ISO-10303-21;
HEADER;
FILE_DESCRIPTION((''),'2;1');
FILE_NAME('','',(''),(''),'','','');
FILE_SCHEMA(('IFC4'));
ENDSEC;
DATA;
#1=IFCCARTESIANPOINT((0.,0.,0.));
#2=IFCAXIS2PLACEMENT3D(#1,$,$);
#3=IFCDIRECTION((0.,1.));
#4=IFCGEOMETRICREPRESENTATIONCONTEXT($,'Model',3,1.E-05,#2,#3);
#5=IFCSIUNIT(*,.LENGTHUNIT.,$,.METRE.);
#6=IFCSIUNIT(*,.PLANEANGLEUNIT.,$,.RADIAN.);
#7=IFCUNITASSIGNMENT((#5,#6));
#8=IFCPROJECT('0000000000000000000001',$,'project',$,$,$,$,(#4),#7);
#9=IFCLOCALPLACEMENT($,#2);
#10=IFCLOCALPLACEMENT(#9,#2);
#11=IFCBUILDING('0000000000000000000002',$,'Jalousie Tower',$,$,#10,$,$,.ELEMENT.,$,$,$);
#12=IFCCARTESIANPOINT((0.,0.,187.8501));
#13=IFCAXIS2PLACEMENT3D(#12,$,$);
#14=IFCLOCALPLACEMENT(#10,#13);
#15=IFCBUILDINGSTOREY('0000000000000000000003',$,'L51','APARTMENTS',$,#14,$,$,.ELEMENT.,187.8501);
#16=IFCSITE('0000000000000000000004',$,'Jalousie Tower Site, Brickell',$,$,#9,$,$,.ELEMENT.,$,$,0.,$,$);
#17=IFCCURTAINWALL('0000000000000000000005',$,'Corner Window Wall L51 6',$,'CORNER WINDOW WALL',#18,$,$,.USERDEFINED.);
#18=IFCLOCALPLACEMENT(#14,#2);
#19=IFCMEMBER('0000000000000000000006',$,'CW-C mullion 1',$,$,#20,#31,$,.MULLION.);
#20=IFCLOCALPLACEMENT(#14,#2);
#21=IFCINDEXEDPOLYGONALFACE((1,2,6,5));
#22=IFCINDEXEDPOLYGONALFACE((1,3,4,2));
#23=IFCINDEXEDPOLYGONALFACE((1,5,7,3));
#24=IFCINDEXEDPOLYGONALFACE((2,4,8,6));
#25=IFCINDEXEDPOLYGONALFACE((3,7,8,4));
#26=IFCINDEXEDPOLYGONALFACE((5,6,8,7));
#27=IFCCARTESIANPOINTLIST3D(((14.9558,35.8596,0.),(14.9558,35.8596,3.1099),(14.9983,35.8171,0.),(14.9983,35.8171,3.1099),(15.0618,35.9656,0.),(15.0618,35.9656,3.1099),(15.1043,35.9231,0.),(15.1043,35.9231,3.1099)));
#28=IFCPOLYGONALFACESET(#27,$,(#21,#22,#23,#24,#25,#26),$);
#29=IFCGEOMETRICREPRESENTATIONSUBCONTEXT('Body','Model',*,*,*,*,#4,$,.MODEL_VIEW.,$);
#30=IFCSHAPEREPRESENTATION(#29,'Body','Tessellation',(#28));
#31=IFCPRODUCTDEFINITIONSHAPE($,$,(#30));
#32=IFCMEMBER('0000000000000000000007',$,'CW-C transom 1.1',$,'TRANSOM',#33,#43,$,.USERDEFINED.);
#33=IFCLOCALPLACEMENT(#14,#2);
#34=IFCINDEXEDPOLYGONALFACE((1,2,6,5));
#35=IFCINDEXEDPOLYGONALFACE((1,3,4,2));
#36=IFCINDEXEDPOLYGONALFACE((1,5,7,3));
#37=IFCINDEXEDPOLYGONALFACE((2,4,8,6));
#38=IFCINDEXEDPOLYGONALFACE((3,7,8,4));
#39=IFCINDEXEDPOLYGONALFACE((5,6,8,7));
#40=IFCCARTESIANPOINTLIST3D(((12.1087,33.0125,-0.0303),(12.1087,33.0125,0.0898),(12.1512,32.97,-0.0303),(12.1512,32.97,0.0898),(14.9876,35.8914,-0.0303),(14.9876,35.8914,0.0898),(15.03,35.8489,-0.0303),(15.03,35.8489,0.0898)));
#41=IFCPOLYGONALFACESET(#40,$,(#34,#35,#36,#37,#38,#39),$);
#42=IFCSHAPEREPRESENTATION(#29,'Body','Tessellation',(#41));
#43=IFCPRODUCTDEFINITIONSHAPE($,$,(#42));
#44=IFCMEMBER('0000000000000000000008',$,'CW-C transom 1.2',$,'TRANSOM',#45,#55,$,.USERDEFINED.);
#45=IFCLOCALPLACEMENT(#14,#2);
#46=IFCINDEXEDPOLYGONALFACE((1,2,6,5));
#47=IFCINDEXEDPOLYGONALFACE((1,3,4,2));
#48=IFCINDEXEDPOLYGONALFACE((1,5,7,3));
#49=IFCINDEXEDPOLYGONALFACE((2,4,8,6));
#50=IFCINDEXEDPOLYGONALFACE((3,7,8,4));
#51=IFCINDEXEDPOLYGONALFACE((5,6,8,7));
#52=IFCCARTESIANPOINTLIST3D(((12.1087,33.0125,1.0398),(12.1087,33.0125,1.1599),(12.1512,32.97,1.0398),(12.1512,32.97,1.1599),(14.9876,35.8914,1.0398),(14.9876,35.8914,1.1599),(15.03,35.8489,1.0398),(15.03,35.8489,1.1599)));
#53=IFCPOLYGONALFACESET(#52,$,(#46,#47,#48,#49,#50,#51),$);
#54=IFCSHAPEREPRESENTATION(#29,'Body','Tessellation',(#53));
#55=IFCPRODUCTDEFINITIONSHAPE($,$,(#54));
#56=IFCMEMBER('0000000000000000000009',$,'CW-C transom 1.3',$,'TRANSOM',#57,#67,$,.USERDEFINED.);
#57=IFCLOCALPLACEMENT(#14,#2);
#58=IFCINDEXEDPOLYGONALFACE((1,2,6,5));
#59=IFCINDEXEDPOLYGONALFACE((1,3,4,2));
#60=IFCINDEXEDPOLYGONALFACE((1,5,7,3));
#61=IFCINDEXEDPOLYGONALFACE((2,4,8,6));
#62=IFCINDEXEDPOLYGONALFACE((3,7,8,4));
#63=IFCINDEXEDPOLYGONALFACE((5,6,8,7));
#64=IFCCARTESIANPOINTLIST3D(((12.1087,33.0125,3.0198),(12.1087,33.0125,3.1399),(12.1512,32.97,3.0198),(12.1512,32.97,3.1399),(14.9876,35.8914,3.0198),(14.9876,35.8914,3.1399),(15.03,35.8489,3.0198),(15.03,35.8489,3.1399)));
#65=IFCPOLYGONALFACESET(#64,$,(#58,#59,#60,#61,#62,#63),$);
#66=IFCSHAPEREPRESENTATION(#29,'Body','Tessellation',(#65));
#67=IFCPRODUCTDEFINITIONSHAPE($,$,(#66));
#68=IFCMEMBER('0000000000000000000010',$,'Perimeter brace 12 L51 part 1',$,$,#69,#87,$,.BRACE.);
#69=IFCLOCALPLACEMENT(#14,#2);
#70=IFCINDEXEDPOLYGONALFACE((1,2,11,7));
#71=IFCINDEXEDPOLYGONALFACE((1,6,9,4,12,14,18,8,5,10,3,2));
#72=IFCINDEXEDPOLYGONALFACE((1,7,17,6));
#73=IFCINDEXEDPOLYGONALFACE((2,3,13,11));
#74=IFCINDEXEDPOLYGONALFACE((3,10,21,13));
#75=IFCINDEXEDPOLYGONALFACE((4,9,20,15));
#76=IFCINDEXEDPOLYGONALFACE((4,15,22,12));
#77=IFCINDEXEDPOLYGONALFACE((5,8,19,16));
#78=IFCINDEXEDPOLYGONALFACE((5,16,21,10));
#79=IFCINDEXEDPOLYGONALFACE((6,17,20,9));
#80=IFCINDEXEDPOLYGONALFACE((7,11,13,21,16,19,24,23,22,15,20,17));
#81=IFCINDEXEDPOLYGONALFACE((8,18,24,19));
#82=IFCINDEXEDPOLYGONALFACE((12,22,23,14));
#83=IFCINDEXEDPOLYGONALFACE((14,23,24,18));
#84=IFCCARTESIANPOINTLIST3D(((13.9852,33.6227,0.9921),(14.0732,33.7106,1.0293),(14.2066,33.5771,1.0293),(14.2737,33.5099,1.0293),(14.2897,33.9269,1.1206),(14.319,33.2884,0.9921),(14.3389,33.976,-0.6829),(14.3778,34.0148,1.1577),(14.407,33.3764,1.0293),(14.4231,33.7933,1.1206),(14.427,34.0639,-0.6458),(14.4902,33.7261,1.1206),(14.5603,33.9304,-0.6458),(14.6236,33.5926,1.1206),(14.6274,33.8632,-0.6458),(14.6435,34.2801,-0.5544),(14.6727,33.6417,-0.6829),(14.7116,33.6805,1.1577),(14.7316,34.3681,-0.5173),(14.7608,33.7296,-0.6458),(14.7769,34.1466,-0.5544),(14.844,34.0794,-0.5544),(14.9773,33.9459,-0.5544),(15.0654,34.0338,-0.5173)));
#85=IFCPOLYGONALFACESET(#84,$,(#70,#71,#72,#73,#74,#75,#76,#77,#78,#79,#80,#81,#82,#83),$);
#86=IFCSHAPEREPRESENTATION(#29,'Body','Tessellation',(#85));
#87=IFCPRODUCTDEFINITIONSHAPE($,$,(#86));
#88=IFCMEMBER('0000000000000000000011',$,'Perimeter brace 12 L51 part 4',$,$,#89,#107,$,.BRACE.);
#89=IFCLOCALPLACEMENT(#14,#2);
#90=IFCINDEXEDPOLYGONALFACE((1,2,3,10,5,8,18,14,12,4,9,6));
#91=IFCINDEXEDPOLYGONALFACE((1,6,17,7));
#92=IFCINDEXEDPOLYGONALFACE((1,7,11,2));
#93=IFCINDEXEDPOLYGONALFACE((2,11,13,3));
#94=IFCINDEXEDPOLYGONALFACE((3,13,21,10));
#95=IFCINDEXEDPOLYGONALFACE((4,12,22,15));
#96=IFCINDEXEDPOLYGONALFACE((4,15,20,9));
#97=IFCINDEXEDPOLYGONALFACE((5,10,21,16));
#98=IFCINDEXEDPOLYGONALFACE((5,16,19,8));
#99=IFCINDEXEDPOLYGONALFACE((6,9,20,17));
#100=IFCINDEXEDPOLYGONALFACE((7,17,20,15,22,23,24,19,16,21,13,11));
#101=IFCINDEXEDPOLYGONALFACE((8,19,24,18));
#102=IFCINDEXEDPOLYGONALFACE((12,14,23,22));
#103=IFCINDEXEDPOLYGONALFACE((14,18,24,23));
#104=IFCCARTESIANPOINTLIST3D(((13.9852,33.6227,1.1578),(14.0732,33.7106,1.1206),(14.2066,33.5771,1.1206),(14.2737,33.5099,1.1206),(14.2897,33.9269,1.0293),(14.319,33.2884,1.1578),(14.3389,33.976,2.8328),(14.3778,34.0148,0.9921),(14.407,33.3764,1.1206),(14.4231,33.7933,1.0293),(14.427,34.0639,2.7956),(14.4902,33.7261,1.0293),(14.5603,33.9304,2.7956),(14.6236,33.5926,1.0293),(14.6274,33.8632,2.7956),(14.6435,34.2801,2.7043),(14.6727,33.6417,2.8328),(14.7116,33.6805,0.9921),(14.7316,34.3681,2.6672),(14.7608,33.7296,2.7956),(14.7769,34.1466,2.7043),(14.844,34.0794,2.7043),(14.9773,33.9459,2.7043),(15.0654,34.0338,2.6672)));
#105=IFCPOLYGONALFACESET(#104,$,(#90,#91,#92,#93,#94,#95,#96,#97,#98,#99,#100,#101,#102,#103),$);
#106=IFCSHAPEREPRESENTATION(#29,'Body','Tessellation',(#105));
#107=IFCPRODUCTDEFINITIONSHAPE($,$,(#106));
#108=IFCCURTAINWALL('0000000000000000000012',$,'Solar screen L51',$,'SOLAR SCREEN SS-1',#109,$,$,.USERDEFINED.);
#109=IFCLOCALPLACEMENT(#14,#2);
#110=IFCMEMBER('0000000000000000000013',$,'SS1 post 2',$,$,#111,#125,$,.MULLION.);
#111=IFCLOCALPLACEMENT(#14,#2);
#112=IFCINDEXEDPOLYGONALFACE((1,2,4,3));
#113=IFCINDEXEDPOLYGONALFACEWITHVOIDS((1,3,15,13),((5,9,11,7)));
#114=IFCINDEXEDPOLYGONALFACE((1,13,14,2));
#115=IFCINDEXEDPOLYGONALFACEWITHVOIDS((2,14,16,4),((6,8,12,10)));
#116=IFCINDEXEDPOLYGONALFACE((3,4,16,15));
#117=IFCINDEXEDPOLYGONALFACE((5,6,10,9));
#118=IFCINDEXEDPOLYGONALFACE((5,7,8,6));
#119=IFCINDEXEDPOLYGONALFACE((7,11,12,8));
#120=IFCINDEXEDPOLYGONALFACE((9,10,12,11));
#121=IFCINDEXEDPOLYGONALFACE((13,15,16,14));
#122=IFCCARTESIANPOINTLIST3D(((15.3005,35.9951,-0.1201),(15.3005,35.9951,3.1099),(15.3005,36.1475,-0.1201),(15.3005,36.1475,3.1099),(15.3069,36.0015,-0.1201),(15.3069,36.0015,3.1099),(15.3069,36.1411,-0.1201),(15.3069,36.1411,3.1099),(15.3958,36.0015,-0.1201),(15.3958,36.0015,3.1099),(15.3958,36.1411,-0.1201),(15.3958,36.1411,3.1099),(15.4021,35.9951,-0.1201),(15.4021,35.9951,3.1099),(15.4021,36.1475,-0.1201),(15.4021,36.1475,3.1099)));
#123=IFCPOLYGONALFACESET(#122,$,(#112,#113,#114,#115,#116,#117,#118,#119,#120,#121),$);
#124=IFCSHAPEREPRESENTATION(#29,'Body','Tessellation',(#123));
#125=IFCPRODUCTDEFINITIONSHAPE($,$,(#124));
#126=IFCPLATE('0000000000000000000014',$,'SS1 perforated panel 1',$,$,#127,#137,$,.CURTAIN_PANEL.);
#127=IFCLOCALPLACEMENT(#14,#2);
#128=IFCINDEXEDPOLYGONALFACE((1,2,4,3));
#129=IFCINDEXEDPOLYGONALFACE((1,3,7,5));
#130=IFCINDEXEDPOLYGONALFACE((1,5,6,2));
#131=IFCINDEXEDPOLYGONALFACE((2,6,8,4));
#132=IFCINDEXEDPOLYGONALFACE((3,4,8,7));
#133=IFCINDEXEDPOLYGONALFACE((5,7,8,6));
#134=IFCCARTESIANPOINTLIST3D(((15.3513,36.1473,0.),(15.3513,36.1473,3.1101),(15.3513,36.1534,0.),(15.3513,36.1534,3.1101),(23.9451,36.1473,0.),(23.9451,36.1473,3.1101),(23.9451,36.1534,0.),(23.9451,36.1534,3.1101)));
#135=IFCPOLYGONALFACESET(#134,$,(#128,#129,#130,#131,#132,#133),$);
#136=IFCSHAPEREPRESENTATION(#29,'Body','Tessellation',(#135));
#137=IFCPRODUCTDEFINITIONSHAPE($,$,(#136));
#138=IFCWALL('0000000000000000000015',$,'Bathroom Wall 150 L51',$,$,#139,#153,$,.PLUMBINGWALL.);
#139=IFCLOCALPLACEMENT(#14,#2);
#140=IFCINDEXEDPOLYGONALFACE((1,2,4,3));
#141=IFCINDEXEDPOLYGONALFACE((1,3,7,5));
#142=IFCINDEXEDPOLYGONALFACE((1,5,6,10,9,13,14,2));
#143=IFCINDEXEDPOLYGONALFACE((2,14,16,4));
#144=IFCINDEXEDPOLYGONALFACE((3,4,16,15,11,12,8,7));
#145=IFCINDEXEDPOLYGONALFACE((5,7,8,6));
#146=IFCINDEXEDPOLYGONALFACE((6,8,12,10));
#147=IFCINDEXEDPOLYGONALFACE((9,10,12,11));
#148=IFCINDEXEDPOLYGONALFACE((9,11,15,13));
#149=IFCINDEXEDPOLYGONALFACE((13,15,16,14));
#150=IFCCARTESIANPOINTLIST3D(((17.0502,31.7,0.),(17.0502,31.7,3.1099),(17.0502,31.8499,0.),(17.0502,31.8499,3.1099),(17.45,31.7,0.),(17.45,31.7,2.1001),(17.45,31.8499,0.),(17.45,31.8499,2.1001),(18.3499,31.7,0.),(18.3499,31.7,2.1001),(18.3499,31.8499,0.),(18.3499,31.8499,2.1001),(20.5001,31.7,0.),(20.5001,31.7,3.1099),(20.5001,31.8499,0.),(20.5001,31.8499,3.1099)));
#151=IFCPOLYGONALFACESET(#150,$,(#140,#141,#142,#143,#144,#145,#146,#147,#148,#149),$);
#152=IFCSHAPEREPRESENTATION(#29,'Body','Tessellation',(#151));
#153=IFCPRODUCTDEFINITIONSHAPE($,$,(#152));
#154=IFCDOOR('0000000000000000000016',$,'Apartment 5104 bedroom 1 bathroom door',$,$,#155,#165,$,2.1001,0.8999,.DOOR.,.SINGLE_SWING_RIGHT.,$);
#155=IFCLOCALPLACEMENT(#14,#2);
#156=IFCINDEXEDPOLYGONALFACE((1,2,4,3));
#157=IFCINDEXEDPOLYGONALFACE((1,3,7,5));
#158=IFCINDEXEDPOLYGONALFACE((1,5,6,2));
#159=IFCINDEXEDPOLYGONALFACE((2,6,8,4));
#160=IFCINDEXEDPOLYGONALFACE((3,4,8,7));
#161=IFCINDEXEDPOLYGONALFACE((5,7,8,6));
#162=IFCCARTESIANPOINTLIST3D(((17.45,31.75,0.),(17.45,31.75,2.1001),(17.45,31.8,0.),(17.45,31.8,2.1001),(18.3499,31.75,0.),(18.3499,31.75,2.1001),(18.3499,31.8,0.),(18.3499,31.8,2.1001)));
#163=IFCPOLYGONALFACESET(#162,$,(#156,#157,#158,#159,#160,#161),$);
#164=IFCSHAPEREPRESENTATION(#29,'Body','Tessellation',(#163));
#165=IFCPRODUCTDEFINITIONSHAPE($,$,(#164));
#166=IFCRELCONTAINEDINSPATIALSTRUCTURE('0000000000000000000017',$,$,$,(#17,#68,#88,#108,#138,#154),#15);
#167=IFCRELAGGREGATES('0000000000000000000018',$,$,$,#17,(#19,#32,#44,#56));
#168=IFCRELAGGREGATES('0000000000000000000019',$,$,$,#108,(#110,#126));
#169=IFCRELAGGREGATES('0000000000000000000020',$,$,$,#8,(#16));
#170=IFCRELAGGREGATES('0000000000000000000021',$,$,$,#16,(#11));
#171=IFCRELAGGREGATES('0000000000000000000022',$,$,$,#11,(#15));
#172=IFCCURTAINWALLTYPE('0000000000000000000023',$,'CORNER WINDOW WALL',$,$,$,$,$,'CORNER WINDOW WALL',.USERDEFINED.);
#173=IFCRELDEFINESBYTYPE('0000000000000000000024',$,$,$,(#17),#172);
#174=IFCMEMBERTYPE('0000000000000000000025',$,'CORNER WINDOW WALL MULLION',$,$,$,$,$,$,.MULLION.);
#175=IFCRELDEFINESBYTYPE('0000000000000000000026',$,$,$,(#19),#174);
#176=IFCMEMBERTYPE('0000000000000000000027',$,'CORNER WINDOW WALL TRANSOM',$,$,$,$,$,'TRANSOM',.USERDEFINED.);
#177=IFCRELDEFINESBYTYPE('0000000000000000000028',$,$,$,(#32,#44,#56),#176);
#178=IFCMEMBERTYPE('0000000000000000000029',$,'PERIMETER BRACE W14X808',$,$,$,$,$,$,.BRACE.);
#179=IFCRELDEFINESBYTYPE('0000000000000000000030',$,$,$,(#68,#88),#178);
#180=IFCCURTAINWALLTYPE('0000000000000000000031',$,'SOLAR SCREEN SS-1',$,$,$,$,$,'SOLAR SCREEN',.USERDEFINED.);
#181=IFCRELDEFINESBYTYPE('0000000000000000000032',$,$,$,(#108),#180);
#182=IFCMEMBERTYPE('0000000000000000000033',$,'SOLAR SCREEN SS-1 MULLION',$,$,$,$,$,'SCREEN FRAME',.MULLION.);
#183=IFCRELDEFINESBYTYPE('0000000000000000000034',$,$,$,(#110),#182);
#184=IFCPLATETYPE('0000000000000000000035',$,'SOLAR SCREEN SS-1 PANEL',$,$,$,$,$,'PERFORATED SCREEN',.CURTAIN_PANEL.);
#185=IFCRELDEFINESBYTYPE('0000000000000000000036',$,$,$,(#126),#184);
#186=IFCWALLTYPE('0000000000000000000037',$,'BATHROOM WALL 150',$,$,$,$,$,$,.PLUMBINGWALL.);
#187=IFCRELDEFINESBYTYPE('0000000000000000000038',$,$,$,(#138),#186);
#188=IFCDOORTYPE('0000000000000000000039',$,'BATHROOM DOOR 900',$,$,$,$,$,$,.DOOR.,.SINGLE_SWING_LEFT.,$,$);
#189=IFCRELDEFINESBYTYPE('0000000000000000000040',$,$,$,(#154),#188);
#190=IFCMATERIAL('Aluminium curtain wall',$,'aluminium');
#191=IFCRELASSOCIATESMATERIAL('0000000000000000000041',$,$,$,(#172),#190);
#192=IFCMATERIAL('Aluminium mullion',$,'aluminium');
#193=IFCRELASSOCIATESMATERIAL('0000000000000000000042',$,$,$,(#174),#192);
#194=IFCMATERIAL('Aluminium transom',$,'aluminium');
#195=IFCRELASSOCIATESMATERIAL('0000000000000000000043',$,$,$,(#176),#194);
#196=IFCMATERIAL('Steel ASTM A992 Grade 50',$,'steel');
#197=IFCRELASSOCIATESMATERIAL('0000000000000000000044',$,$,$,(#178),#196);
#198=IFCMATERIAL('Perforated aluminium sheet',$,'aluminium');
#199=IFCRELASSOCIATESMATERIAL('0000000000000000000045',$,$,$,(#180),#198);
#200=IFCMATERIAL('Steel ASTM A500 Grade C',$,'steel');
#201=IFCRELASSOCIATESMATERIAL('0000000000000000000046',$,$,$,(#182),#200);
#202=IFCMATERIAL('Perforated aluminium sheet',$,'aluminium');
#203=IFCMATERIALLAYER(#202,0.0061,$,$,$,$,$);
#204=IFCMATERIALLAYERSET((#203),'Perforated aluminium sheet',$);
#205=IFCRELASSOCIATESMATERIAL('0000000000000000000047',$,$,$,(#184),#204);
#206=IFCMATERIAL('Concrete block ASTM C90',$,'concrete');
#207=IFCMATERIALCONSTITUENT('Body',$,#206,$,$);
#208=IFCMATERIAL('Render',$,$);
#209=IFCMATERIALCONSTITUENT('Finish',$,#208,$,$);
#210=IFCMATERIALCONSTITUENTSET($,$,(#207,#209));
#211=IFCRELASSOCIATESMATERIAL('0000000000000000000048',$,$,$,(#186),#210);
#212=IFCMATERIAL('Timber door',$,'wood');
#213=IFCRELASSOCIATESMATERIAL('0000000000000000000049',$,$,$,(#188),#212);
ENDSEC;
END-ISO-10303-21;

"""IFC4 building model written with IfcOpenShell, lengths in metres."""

from ifc_helpers import new_model, si_unit, direction, frame, frame_2d, origin, origin_2d, place, context, subcontext, project, spatial, rectangle, hollow_rectangle, i_section, extrude, material, layer, layer_set, constituent, constituent_set, material_profile, profile_set, type_object, element, fill, aggregate, save


model = new_model("IFC4")

# Units and contexts
model_context = context("Model", 3, precision=1e-05, world=origin(), true_north=direction((0.0, 1.0)))
body_context = subcontext(model_context, "Body", "Model", "MODEL_VIEW")
ifc_project = project(units=[si_unit("LENGTHUNIT", "METRE"), si_unit("PLANEANGLEUNIT", "RADIAN")], contexts=[model_context])

# Site, building, storey
site_placement = place(None, origin())
site = spatial("IfcSite", under=ifc_project, at=site_placement, Name="Jalousie Tower Site, Brickell", CompositionType="ELEMENT", RefElevation=0.0)
building_placement = place(site_placement, origin())
building = spatial("IfcBuilding", under=site, at=building_placement, Name="Jalousie Tower", CompositionType="ELEMENT")
storey_placement = place(building_placement, frame((0.0, 0.0, 187.8501)))
storey = spatial("IfcBuildingStorey", under=building, at=storey_placement, Name="L51", Description="APARTMENTS", CompositionType="ELEMENT", Elevation=187.8501)

# Curtain wall, members
ifc_material_1 = material(Name="Aluminium curtain wall", Category="aluminium")
curtain_wall_type_1 = type_object("IfcCurtainWallType", Name="CORNER WINDOW WALL", ElementType="CORNER WINDOW WALL", PredefinedType="USERDEFINED", material=ifc_material_1)
curtain_wall_1_placement = place(storey_placement, origin())
curtain_wall_1 = element("IfcCurtainWall", 1, at=curtain_wall_1_placement, inside=storey, type_object=curtain_wall_type_1, Name="Corner Window Wall L51 6", ObjectType="CORNER WINDOW WALL", PredefinedType="USERDEFINED")
ifc_material_2 = material(Name="Aluminium mullion", Category="aluminium")
ifc_material_profile_1 = material_profile(ifc_material_2, rectangle(XDim=0.0601, YDim=0.1499, at=origin_2d()), Name="MULLION 60x150")
ifc_profile_set_1 = profile_set([ifc_material_profile_1], Name="Aluminium mullion")
member_type_1 = type_object("IfcMemberType", Name="CORNER WINDOW WALL MULLION", PredefinedType="MULLION", material=ifc_profile_set_1)
member_1_placement = place(storey_placement, frame((15.03, 35.8914, 0.0), z_axis=(0.0, 0.0, 1.0), x_axis=(0.707107, -0.707107, 0.0)))
member_1 = element("IfcMember", 2, at=member_1_placement, type_object=member_type_1, Name="CW-C mullion 1", PredefinedType="MULLION", context=body_context, shape_type="SweptSolid", body=[
    extrude(rectangle(XDim=0.0601, YDim=0.1499, at=origin_2d()), origin(), (0.0, 0.0, 1.0), 3.1099),
])
ifc_material_3 = material(Name="Aluminium transom", Category="aluminium")
ifc_material_profile_2 = material_profile(ifc_material_3, rectangle(XDim=0.0601, YDim=0.1201, at=origin_2d()), Name="TRANSOM 60x120")
ifc_profile_set_2 = profile_set([ifc_material_profile_2], Name="Aluminium transom")
member_type_2 = type_object("IfcMemberType", Name="CORNER WINDOW WALL TRANSOM", ElementType="TRANSOM", PredefinedType="USERDEFINED", material=ifc_profile_set_2)
member_2_placement = place(storey_placement, frame((15.0088, 35.8701, 0.0298), z_axis=(-0.707107, -0.707107, 0.0), x_axis=(0.707107, -0.707107, 0.0)))
member_2 = element("IfcMember", 3, at=member_2_placement, type_object=member_type_2, Name="CW-C transom 1.1", ObjectType="TRANSOM", PredefinedType="USERDEFINED", context=body_context, shape_type="SweptSolid", body=[
    extrude(rectangle(XDim=0.0601, YDim=0.1201, at=origin_2d()), origin(), (0.0, 0.0, 1.0), 4.0713),
])
member_3_placement = place(storey_placement, frame((15.0088, 35.8701, 1.0999), z_axis=(-0.707107, -0.707107, 0.0), x_axis=(0.707107, -0.707107, 0.0)))
member_3 = element("IfcMember", 4, at=member_3_placement, type_object=member_type_2, Name="CW-C transom 1.2", ObjectType="TRANSOM", PredefinedType="USERDEFINED", context=body_context, shape_type="SweptSolid", body=[
    extrude(rectangle(XDim=0.0601, YDim=0.1201, at=origin_2d()), origin(), (0.0, 0.0, 1.0), 4.0713),
])
member_4_placement = place(storey_placement, frame((15.0088, 35.8701, 3.0798), z_axis=(-0.707107, -0.707107, 0.0), x_axis=(0.707107, -0.707107, 0.0)))
member_4 = element("IfcMember", 5, at=member_4_placement, type_object=member_type_2, Name="CW-C transom 1.3", ObjectType="TRANSOM", PredefinedType="USERDEFINED", context=body_context, shape_type="SweptSolid", body=[
    extrude(rectangle(XDim=0.0601, YDim=0.1201, at=origin_2d()), origin(), (0.0, 0.0, 1.0), 4.0713),
])
aggregate(curtain_wall_1, [member_1, member_2, member_3, member_4])

# Members
ifc_material_4 = material(Name="Steel ASTM A992 Grade 50", Category="steel")
ifc_material_profile_3 = material_profile(ifc_material_4, i_section(OverallWidth=0.4724, OverallDepth=0.5791, WebThickness=0.095, FlangeThickness=0.1299, at=origin_2d()), Name="W14X808")
ifc_profile_set_3 = profile_set([ifc_material_profile_3], Name="Steel ASTM A992 Grade 50")
member_type_3 = type_object("IfcMemberType", Name="PERIMETER BRACE W14X808", PredefinedType="BRACE", material=ifc_profile_set_3)
for number, where, z_axis, x_axis, name in (
    (6, (14.7021, 34.0049, -0.6001), (-0.202372, -0.202093, 0.95823), (0.706618, -0.707595, 0.0), "Perimeter brace 12 L51 part 1"),
    (7, (14.3484, 33.6516, 1.075), (0.202372, 0.202093, 0.95823), (-0.706618, 0.707595, 0.0), "Perimeter brace 12 L51 part 4"),
):
    element("IfcMember", number, at=place(storey_placement, frame(where, z_axis=z_axis, x_axis=x_axis)), inside=storey, type_object=member_type_3, Name=name, PredefinedType="BRACE", context=body_context, shape_type="SweptSolid", body=[
        extrude(i_section(OverallWidth=0.4724, OverallDepth=0.5791, WebThickness=0.095, FlangeThickness=0.1299, at=origin_2d()), origin(), (0.0, 0.0, 1.0), 1.748),
    ])

# Curtain wall, member, plate
ifc_material_5 = material(Name="Perforated aluminium sheet", Category="aluminium")
curtain_wall_type_2 = type_object("IfcCurtainWallType", Name="SOLAR SCREEN SS-1", ElementType="SOLAR SCREEN", PredefinedType="USERDEFINED", material=ifc_material_5)
curtain_wall_2_placement = place(storey_placement, origin())
curtain_wall_2 = element("IfcCurtainWall", 8, at=curtain_wall_2_placement, inside=storey, type_object=curtain_wall_type_2, Name="Solar screen L51", ObjectType="SOLAR SCREEN SS-1", PredefinedType="USERDEFINED")
ifc_material_6 = material(Name="Steel ASTM A500 Grade C", Category="steel")
ifc_material_profile_4 = material_profile(ifc_material_6, hollow_rectangle(XDim=0.1016, YDim=0.1523, WallThickness=0.0063, at=origin_2d()), Name="HSS6X4X1/4")
ifc_profile_set_4 = profile_set([ifc_material_profile_4], Name="Steel ASTM A500 Grade C")
member_type_4 = type_object("IfcMemberType", Name="SOLAR SCREEN SS-1 MULLION", ElementType="SCREEN FRAME", PredefinedType="MULLION", material=ifc_profile_set_4)
member_5_placement = place(storey_placement, frame((15.3513, 36.0713, -0.1201), z_axis=(0.0, 0.0, 1.0), x_axis=(-1.0, 0.0, 0.0)))
member_5 = element("IfcMember", 9, at=member_5_placement, type_object=member_type_4, Name="SS1 post 2", PredefinedType="MULLION", context=body_context, shape_type="SweptSolid", body=[
    extrude(hollow_rectangle(XDim=0.1016, YDim=0.1523, WallThickness=0.0063, at=origin_2d()), origin(), (0.0, 0.0, 1.0), 3.23),
])
ifc_material_7 = material(Name="Perforated aluminium sheet", Category="aluminium")
ifc_layer = layer(ifc_material_7, 0.0061)
ifc_layer_set = layer_set([ifc_layer], Name="Perforated aluminium sheet")
plate_type = type_object("IfcPlateType", Name="SOLAR SCREEN SS-1 PANEL", ElementType="PERFORATED SCREEN", PredefinedType="CURTAIN_PANEL", material=ifc_layer_set)
plate_placement = place(storey_placement, frame((19.6482, 36.1504, 0.0), z_axis=(0.0, 0.0, 1.0), x_axis=(-1.0, 0.0, 0.0)))
plate = element("IfcPlate", 10, at=plate_placement, type_object=plate_type, Name="SS1 perforated panel 1", PredefinedType="CURTAIN_PANEL", context=body_context, shape_type="SweptSolid", body=[
    extrude(rectangle(XDim=8.5938, YDim=0.0061, at=origin_2d()), origin(), (0.0, 0.0, 1.0), 3.1101),
])
aggregate(curtain_wall_2, [member_5, plate])

# Wall, opening, door
ifc_material_8 = material(Name="Concrete block ASTM C90", Category="concrete")
ifc_constituent_1 = constituent(ifc_material_8, Name="Body")
ifc_material_9 = material(Name="Render")
ifc_constituent_2 = constituent(ifc_material_9, Name="Finish")
ifc_constituent_set_1 = constituent_set(constituents=[ifc_constituent_1, ifc_constituent_2])
wall_type_1 = type_object("IfcWallType", Name="BATHROOM WALL 150", PredefinedType="PLUMBINGWALL", material=ifc_constituent_set_1)
wall_1_placement = place(storey_placement, frame((17.05, 31.7749, 0.0), z_axis=(0.0, 0.0, 1.0), x_axis=(1.0, 0.0, 0.0)))
wall_1 = element("IfcWall", 11, at=wall_1_placement, inside=storey, type_object=wall_type_1, Name="Bathroom Wall 150 L51", PredefinedType="PLUMBINGWALL", context=body_context, shape_type="SweptSolid", body=[
    extrude(rectangle(XDim=3.45, YDim=0.1499, at=frame_2d((1.7251, 0.0))), origin(), (0.0, 0.0, 1.0), 3.1099),
])
opening_1_placement = place(wall_1_placement, frame((0.3999, 0.0, 0.0)))
opening_1 = element("IfcOpeningElement", 12, at=opening_1_placement, cuts=wall_1, PredefinedType="OPENING", context=body_context, shape_type="SweptSolid", body=[
    extrude(rectangle(XDim=0.8999, YDim=2.1001, at=frame_2d((0.45, 1.05))), frame((0.0, 0.085, 0.0), z_axis=(0.0, -1.0, 0.0), x_axis=(1.0, 0.0, 0.0)), (0.0, 0.0, 1.0), 0.1699),
])
ifc_material_10 = material(Name="Timber door", Category="wood")
door_type_1 = type_object("IfcDoorType", Name="BATHROOM DOOR 900", OperationType="SINGLE_SWING_LEFT", PredefinedType="DOOR", material=ifc_material_10)
door_1_placement = place(opening_1_placement, frame((0.8999, 0.0, 0.0), z_axis=(0.0, 0.0, 1.0), x_axis=(-1.0, 0.0, 0.0)))
door_1 = element("IfcDoor", 13, at=door_1_placement, inside=storey, type_object=door_type_1, Name="Apartment 5104 bedroom 1 bathroom door", OperationType="SINGLE_SWING_RIGHT", OverallHeight=2.1001, OverallWidth=0.8999, PredefinedType="DOOR", context=body_context, shape_type="SweptSolid", body=[
    extrude(rectangle(XDim=0.8999, YDim=2.1001, at=frame_2d((0.45, 1.05))), frame((0.0, 0.0249, 0.0), z_axis=(0.0, -1.0, 0.0), x_axis=(1.0, 0.0, 0.0)), (0.0, 0.0, 1.0), 0.05),
])
fill(opening_1, door_1)

save(model, "model.ifc")
